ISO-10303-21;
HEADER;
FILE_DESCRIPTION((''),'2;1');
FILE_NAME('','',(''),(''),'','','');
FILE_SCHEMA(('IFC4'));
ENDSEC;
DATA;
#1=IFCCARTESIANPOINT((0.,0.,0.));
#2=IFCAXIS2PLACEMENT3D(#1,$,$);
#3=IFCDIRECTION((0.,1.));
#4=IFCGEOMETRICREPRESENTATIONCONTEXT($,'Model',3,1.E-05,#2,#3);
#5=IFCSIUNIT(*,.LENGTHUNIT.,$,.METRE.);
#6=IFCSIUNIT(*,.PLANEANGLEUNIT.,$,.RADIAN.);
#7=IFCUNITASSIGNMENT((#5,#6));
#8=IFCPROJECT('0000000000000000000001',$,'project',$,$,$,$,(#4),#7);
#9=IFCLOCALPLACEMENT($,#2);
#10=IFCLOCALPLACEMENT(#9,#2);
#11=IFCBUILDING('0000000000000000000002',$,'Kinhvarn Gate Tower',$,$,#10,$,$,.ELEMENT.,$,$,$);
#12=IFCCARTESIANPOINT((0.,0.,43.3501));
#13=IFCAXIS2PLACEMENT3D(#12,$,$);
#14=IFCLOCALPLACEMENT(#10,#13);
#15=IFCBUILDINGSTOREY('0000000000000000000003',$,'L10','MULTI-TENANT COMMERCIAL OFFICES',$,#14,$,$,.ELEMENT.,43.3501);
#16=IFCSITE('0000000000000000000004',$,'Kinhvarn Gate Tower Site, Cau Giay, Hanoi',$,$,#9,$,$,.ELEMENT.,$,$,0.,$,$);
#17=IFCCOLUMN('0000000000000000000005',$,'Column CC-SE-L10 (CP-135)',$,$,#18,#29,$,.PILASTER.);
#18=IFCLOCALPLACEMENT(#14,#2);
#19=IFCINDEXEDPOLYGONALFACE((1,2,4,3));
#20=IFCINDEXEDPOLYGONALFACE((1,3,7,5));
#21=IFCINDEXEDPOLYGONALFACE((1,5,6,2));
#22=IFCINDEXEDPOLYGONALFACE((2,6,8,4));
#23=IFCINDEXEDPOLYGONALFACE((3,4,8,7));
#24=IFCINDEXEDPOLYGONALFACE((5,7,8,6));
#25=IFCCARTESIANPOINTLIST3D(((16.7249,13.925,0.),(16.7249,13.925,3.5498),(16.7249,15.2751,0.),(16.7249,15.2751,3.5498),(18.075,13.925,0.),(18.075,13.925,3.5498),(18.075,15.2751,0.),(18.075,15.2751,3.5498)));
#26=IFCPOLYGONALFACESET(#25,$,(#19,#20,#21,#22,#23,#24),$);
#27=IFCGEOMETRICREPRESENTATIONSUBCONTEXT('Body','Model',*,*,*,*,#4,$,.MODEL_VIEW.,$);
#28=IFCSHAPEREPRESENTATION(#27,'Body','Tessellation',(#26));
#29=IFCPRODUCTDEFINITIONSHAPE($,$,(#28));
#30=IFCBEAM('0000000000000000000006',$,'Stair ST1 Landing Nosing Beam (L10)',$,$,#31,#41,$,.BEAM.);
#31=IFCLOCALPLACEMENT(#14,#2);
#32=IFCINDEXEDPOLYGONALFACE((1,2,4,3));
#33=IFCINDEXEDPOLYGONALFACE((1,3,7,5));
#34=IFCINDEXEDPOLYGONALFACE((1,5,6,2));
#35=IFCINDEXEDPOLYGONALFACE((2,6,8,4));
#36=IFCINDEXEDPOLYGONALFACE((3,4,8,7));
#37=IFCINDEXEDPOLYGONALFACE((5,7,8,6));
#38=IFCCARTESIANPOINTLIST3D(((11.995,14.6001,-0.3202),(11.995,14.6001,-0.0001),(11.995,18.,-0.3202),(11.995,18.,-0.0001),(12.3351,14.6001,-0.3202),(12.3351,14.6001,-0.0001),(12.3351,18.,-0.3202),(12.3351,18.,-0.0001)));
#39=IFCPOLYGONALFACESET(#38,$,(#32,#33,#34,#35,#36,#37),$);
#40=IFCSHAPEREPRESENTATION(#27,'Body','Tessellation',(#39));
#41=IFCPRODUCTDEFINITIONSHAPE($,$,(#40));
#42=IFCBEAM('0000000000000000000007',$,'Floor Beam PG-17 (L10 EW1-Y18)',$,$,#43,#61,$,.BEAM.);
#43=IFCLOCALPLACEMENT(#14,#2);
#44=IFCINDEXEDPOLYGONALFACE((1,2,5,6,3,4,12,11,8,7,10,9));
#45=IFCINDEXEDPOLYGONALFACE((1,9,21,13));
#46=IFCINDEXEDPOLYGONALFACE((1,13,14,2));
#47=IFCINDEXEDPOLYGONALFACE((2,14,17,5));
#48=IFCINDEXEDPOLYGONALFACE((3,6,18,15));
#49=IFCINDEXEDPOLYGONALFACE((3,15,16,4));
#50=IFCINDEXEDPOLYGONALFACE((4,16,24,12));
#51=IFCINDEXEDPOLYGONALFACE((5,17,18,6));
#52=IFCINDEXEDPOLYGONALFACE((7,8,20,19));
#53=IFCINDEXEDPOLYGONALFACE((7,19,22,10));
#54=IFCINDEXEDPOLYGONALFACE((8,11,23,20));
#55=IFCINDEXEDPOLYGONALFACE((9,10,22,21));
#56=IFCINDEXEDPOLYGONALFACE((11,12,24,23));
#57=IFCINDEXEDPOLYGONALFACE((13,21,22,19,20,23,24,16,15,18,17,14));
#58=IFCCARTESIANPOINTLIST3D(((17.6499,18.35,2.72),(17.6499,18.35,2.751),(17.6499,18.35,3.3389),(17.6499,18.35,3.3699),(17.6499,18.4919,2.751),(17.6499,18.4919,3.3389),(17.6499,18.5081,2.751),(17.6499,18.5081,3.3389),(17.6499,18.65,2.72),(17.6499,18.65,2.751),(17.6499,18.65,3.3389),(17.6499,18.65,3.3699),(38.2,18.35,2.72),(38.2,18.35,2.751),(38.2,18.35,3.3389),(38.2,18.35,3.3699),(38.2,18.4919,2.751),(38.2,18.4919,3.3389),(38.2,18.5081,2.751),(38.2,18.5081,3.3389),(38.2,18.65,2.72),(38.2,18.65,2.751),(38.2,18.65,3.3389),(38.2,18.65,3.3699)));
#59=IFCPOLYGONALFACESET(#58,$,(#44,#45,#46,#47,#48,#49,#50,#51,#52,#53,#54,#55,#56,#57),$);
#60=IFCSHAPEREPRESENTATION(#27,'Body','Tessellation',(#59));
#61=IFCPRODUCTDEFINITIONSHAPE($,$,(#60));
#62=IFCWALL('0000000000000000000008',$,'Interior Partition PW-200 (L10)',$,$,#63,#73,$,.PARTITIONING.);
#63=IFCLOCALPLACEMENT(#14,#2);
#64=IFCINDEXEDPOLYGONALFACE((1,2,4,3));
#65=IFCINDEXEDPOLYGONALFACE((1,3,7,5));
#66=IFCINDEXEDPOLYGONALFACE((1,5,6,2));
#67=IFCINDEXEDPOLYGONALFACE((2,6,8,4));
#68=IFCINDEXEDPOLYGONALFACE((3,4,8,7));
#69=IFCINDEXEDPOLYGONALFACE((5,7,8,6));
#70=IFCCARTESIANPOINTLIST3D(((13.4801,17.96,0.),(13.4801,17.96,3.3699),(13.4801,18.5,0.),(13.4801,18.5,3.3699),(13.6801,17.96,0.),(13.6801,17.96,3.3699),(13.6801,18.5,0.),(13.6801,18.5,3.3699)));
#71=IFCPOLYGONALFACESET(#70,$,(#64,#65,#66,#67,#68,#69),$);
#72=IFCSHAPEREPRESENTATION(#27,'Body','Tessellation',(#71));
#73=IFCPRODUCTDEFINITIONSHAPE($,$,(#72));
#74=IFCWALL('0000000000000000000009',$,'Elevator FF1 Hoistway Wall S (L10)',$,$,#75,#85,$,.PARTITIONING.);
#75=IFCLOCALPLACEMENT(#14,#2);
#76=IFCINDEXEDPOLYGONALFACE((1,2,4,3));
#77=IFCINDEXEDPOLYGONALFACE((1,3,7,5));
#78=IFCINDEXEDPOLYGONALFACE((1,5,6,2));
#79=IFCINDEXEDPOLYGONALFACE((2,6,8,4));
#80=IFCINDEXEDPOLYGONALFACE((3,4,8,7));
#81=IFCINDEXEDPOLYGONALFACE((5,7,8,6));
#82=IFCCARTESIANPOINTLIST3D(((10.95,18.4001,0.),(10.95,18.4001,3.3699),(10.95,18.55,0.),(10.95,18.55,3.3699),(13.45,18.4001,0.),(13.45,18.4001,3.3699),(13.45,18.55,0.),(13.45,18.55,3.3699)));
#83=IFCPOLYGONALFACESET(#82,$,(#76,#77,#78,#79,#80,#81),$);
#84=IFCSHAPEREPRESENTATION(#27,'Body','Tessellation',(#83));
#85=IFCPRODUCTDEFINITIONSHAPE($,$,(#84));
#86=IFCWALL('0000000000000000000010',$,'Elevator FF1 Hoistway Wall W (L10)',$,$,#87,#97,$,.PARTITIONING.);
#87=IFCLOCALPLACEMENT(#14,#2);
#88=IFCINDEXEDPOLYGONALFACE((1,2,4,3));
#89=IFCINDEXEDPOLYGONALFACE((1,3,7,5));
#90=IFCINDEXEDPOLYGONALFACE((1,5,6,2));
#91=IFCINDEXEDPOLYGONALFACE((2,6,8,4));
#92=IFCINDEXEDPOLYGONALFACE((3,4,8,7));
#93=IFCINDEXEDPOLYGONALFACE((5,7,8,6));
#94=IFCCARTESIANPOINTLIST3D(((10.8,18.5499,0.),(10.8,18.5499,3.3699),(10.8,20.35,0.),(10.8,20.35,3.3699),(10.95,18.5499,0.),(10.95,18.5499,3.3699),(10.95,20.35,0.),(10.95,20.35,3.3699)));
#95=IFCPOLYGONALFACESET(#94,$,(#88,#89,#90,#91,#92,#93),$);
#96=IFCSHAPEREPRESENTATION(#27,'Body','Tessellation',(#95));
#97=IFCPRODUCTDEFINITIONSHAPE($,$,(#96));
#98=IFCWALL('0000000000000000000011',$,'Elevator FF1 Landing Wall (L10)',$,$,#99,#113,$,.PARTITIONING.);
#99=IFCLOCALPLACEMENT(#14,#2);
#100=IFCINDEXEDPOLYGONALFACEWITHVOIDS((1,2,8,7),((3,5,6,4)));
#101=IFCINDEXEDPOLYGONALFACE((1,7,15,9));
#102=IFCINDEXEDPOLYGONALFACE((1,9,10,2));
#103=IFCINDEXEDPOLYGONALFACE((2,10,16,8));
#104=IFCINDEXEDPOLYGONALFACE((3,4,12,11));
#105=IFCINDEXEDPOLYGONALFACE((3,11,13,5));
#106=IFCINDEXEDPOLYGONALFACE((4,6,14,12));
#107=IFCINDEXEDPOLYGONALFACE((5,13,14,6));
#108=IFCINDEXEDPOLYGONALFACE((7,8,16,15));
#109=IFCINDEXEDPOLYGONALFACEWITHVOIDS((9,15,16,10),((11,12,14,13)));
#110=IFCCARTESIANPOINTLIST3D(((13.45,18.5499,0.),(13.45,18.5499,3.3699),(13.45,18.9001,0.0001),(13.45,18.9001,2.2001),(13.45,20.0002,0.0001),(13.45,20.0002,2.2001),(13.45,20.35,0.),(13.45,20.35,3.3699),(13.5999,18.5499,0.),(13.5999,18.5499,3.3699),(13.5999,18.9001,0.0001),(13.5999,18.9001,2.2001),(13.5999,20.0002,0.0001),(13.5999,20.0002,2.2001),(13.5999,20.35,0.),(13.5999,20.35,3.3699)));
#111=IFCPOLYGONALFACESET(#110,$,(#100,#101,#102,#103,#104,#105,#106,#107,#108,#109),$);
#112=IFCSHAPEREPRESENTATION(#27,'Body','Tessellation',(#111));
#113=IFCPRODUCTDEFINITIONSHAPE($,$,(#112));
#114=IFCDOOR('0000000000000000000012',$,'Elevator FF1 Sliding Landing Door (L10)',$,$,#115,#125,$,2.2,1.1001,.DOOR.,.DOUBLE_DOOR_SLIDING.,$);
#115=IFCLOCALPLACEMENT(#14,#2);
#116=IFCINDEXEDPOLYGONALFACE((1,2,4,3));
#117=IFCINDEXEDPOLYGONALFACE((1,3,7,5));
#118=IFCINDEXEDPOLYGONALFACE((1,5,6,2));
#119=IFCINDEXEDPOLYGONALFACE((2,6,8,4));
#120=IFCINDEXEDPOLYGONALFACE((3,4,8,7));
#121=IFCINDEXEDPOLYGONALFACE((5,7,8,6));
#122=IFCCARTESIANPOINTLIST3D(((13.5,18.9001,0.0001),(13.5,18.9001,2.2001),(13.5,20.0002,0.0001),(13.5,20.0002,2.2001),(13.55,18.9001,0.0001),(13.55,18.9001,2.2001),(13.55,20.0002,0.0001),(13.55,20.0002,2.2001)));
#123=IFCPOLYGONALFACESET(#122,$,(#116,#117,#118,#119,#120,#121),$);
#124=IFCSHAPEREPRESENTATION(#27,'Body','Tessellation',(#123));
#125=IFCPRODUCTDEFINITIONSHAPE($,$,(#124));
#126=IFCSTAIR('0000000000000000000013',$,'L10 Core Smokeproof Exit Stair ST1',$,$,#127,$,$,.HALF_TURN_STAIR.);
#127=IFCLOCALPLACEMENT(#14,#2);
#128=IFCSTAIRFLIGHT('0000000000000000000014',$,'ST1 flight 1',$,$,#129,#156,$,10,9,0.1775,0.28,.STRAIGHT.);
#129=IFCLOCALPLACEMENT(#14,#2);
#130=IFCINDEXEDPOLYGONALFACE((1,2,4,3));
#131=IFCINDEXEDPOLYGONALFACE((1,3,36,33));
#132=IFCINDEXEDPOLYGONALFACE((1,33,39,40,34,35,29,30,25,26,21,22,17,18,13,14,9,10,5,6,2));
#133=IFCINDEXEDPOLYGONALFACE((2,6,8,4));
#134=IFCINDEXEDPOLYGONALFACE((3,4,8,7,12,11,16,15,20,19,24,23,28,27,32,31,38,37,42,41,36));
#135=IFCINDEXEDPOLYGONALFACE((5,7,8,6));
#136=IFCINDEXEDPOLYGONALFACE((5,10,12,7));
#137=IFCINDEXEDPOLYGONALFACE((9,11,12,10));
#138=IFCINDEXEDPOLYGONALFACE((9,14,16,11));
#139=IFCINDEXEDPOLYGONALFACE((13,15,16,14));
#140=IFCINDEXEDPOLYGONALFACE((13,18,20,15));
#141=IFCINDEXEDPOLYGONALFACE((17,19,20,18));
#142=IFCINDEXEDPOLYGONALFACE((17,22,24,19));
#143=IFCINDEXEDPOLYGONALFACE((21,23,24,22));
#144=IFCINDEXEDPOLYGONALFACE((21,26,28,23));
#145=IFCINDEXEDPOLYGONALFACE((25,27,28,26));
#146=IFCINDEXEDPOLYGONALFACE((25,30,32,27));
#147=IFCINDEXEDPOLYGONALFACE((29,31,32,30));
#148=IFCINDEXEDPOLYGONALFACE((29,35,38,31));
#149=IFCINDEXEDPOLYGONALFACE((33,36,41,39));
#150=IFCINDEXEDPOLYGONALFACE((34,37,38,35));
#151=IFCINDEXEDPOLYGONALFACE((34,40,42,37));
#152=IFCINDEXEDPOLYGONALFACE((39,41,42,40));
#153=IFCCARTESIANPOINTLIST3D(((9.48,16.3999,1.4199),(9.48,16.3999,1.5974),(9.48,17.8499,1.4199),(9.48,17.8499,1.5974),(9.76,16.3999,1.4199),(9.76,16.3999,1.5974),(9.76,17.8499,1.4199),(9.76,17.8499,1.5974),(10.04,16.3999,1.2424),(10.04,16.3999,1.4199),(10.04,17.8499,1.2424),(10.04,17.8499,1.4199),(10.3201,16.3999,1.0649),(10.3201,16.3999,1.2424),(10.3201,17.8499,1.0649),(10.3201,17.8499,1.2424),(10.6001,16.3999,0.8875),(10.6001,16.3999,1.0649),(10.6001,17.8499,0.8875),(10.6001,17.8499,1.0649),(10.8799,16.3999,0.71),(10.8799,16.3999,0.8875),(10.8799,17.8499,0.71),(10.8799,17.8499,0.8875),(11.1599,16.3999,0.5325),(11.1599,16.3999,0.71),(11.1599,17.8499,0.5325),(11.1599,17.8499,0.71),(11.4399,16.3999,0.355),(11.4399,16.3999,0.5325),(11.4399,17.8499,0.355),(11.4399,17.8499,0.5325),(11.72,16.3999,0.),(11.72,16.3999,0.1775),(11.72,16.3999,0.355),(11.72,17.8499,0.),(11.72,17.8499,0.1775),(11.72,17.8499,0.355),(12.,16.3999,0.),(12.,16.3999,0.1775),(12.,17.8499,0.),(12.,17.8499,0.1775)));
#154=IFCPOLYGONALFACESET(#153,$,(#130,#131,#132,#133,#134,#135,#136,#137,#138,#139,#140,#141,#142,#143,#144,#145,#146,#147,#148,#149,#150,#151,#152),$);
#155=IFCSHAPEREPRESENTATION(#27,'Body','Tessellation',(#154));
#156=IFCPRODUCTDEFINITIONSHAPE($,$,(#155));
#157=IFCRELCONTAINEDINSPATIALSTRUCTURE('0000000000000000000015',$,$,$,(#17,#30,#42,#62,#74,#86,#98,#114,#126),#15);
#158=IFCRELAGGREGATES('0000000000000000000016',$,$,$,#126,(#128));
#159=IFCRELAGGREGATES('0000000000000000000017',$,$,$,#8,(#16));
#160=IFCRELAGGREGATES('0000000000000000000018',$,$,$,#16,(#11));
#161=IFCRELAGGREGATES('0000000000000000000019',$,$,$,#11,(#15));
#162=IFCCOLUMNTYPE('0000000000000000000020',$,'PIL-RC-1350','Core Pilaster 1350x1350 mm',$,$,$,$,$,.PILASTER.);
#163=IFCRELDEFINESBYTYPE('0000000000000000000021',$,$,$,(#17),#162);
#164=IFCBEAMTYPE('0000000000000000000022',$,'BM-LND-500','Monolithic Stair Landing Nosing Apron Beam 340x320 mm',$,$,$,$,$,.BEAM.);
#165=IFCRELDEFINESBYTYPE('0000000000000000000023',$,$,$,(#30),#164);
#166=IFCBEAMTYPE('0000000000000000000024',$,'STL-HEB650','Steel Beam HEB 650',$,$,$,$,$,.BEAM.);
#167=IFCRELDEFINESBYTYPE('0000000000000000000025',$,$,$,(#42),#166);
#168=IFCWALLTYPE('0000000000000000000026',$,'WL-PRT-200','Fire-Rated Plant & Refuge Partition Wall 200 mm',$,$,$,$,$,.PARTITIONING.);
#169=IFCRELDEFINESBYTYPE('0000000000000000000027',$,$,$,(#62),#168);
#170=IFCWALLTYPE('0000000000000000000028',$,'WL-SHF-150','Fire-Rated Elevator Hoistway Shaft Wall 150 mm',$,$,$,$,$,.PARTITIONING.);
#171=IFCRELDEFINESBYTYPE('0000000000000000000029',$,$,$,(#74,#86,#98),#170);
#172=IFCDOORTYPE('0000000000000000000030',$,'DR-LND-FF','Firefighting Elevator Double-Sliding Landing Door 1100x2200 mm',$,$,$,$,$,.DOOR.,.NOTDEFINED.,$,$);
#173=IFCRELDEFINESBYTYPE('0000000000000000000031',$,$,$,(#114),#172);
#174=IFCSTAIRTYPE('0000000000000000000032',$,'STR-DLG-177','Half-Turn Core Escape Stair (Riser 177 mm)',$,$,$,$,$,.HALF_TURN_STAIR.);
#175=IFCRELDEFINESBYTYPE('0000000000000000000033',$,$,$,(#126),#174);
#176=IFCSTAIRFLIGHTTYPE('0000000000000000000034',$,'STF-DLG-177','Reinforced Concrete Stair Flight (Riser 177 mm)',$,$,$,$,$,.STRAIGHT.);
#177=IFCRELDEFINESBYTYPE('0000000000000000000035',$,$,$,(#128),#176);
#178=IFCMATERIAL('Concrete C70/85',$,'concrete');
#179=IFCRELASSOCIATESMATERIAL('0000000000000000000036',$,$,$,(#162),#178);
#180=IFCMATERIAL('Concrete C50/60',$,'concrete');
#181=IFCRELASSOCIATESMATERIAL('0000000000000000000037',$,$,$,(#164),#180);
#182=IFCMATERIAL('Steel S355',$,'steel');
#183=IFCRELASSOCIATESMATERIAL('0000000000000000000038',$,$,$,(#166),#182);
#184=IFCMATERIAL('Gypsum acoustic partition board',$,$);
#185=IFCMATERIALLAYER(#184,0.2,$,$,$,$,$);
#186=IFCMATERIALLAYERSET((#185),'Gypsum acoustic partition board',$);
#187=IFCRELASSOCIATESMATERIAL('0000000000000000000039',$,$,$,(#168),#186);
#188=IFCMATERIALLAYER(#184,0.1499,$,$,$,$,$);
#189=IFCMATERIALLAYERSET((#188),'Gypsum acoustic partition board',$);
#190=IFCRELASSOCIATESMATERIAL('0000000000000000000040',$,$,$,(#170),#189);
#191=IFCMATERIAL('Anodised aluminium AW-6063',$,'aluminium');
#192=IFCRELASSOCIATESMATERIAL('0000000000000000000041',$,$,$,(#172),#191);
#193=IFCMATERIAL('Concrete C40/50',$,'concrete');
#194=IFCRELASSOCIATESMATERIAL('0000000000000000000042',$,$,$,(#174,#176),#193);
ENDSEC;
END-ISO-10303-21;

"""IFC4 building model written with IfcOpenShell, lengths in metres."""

from ifc_helpers import new_model, si_unit, direction, frame, frame_2d, origin, origin_2d, place, context, subcontext, project, spatial, polyline, rectangle, i_section, outline, extrude, material, layer, layer_set, material_profile, profile_set, type_object, element, fill, aggregate, save


model = new_model("IFC4")

# Units and contexts
model_context = context("Model", 3, precision=1e-05, world=origin(), true_north=direction((0.0, 1.0)))
body_context = subcontext(model_context, "Body", "Model", "MODEL_VIEW")
ifc_project = project(units=[si_unit("LENGTHUNIT", "METRE"), si_unit("PLANEANGLEUNIT", "RADIAN")], contexts=[model_context])

# Site, building, storey
site_placement = place(None, origin())
site = spatial("IfcSite", under=ifc_project, at=site_placement, Name="Kinhvarn Gate Tower Site, Cau Giay, Hanoi", CompositionType="ELEMENT", RefElevation=0.0)
building_placement = place(site_placement, origin())
building = spatial("IfcBuilding", under=site, at=building_placement, Name="Kinhvarn Gate Tower", CompositionType="ELEMENT")
storey_placement = place(building_placement, frame((0.0, 0.0, 43.3501)))
storey = spatial("IfcBuildingStorey", under=building, at=storey_placement, Name="L10", Description="MULTI-TENANT COMMERCIAL OFFICES", CompositionType="ELEMENT", Elevation=43.3501)

# Column
ifc_material_1 = material(Name="Concrete C70/85", Category="concrete")
ifc_material_profile_1 = material_profile(ifc_material_1, rectangle(XDim=1.3501, YDim=1.3501, at=origin_2d()), Name="RC 1350x1350")
ifc_profile_set_1 = profile_set([ifc_material_profile_1], Name="Concrete C70/85")
column_type = type_object("IfcColumnType", Name="PIL-RC-1350", Description="Core Pilaster 1350x1350 mm", PredefinedType="PILASTER", material=ifc_profile_set_1)
column_placement = place(storey_placement, frame((17.3999, 14.6001, 0.0), z_axis=(0.0, 0.0, 1.0), x_axis=(1.0, 0.0, 0.0)))
element("IfcColumn", 1, at=column_placement, inside=storey, type_object=column_type, Name="Column CC-SE-L10 (CP-135)", PredefinedType="PILASTER", context=body_context, shape_type="SweptSolid", body=[
    extrude(rectangle(XDim=1.3501, YDim=1.3501, at=origin_2d()), origin(), (0.0, 0.0, 1.0), 3.5498),
])

# Beams
ifc_material_2 = material(Name="Concrete C50/60", Category="concrete")
ifc_material_profile_2 = material_profile(ifc_material_2, rectangle(XDim=0.3401, YDim=0.3201, at=origin_2d()), Name="RC 340x320")
ifc_profile_set_2 = profile_set([ifc_material_profile_2], Name="Concrete C50/60")
beam_type_1 = type_object("IfcBeamType", Name="BM-LND-500", Description="Monolithic Stair Landing Nosing Apron Beam 340x320 mm", PredefinedType="BEAM", material=ifc_profile_set_2)
beam_1_placement = place(storey_placement, frame((12.165, 14.6001, -0.1602), z_axis=(0.0, 1.0, 0.0), x_axis=(-1.0, 0.0, 0.0)))
element("IfcBeam", 2, at=beam_1_placement, inside=storey, type_object=beam_type_1, Name="Stair ST1 Landing Nosing Beam (L10)", PredefinedType="BEAM", context=body_context, shape_type="SweptSolid", body=[
    extrude(rectangle(XDim=0.3401, YDim=0.3201, at=origin_2d()), origin(), (0.0, 0.0, 1.0), 3.3999),
])
ifc_material_3 = material(Name="Steel S355", Category="steel")
ifc_material_profile_3 = material_profile(ifc_material_3, i_section(OverallWidth=0.3, OverallDepth=0.6499, WebThickness=0.0161, FlangeThickness=0.031, at=origin_2d()), Name="HEB 650")
ifc_profile_set_3 = profile_set([ifc_material_profile_3], Name="Steel S355")
beam_type_2 = type_object("IfcBeamType", Name="STL-HEB650", Description="Steel Beam HEB 650", PredefinedType="BEAM", material=ifc_profile_set_3)
beam_2_placement = place(storey_placement, frame((17.6499, 18.5, 3.0449), z_axis=(1.0, 0.0, 0.0), x_axis=(0.0, 1.0, 0.0)))
element("IfcBeam", 3, at=beam_2_placement, inside=storey, type_object=beam_type_2, Name="Floor Beam PG-17 (L10 EW1-Y18)", PredefinedType="BEAM", context=body_context, shape_type="SweptSolid", body=[
    extrude(i_section(OverallWidth=0.3, OverallDepth=0.6499, WebThickness=0.0161, FlangeThickness=0.031, at=origin_2d()), origin(), (0.0, 0.0, 1.0), 20.55),
])

# Shared definitions
ifc_material_4 = material(Name="Anodised aluminium AW-6063", Category="aluminium")

# Walls
ifc_material_5 = material(Name="Gypsum acoustic partition board")
ifc_layer_1 = layer(ifc_material_5, 0.2)
ifc_layer_set_1 = layer_set([ifc_layer_1], Name="Gypsum acoustic partition board")
wall_type_1 = type_object("IfcWallType", Name="WL-PRT-200", Description="Fire-Rated Plant & Refuge Partition Wall 200 mm", PredefinedType="PARTITIONING", material=ifc_layer_set_1)
wall_1_placement = place(storey_placement, frame((13.5801, 17.96, 0.0), z_axis=(0.0, 0.0, 1.0), x_axis=(0.0, 1.0, 0.0)))
element("IfcWall", 4, at=wall_1_placement, inside=storey, type_object=wall_type_1, Name="Interior Partition PW-200 (L10)", PredefinedType="PARTITIONING", context=body_context, shape_type="SweptSolid", body=[
    extrude(rectangle(XDim=0.54, YDim=0.2, at=frame_2d((0.27, 0.0))), origin(), (0.0, 0.0, 1.0), 3.3699),
])
ifc_layer_2 = layer(ifc_material_5, 0.1499)
ifc_layer_set_2 = layer_set([ifc_layer_2], Name="Gypsum acoustic partition board")
wall_type_2 = type_object("IfcWallType", Name="WL-SHF-150", Description="Fire-Rated Elevator Hoistway Shaft Wall 150 mm", PredefinedType="PARTITIONING", material=ifc_layer_set_2)
wall_2_placement = place(storey_placement, frame((10.95, 18.4751, 0.0), z_axis=(0.0, 0.0, 1.0), x_axis=(1.0, 0.0, 0.0)))
element("IfcWall", 5, at=wall_2_placement, inside=storey, type_object=wall_type_2, Name="Elevator FF1 Hoistway Wall S (L10)", PredefinedType="PARTITIONING", context=body_context, shape_type="SweptSolid", body=[
    extrude(rectangle(XDim=2.5, YDim=0.1499, at=frame_2d((1.25, 0.0))), origin(), (0.0, 0.0, 1.0), 3.3699),
])
wall_3_placement = place(storey_placement, frame((10.875, 18.55, 0.0), z_axis=(0.0, 0.0, 1.0), x_axis=(0.0, 1.0, 0.0)))
element("IfcWall", 6, at=wall_3_placement, inside=storey, type_object=wall_type_2, Name="Elevator FF1 Hoistway Wall W (L10)", PredefinedType="PARTITIONING", context=body_context, shape_type="SweptSolid", body=[
    extrude(rectangle(XDim=1.8, YDim=0.1499, at=frame_2d((0.8999, 0.0))), origin(), (0.0, 0.0, 1.0), 3.3699),
])

# Wall, opening, door
wall_4_placement = place(storey_placement, frame((13.5249, 18.55, 0.0), z_axis=(0.0, 0.0, 1.0), x_axis=(0.0, 1.0, 0.0)))
wall_4 = element("IfcWall", 7, at=wall_4_placement, inside=storey, type_object=wall_type_2, Name="Elevator FF1 Landing Wall (L10)", PredefinedType="PARTITIONING", context=body_context, shape_type="SweptSolid", body=[
    extrude(rectangle(XDim=1.8, YDim=0.1499, at=frame_2d((0.8999, 0.0))), origin(), (0.0, 0.0, 1.0), 3.3699),
])
opening_1_placement = place(wall_4_placement, frame((0.3501, 0.0, 0.0)))
opening_1 = element("IfcOpeningElement", 8, at=opening_1_placement, cuts=wall_4, PredefinedType="OPENING", context=body_context, shape_type="SweptSolid", body=[
    extrude(rectangle(XDim=1.1001, YDim=2.2, at=frame_2d((0.55, 1.1001))), frame((0.0, 0.085, 0.0), z_axis=(0.0, -1.0, 0.0), x_axis=(1.0, 0.0, 0.0)), (0.0, 0.0, 1.0), 0.1699),
])
door_type_1 = type_object("IfcDoorType", Name="DR-LND-FF", Description="Firefighting Elevator Double-Sliding Landing Door 1100x2200 mm", OperationType="NOTDEFINED", PredefinedType="DOOR", material=ifc_material_4)
door_1_placement = place(opening_1_placement, origin())
door_1 = element("IfcDoor", 9, at=door_1_placement, inside=storey, type_object=door_type_1, Name="Elevator FF1 Sliding Landing Door (L10)", OperationType="DOUBLE_DOOR_SLIDING", OverallHeight=2.2, OverallWidth=1.1001, PredefinedType="DOOR", context=body_context, shape_type="SweptSolid", body=[
    extrude(rectangle(XDim=1.1001, YDim=2.2, at=frame_2d((0.55, 1.1001))), frame((0.0, 0.0249, 0.0), z_axis=(0.0, -1.0, 0.0), x_axis=(1.0, 0.0, 0.0)), (0.0, 0.0, 1.0), 0.05),
])
fill(opening_1, door_1)
ifc_material_6 = material(Name="Concrete C40/50", Category="concrete")

# Stair, stair flight
stair_type = type_object("IfcStairType", Name="STR-DLG-177", Description="Half-Turn Core Escape Stair (Riser 177 mm)", PredefinedType="HALF_TURN_STAIR", material=ifc_material_6)
stair_placement = place(storey_placement, origin())
stair = element("IfcStair", 10, at=stair_placement, inside=storey, type_object=stair_type, Name="L10 Core Smokeproof Exit Stair ST1", PredefinedType="HALF_TURN_STAIR")
stair_flight_type = type_object("IfcStairFlightType", Name="STF-DLG-177", Description="Reinforced Concrete Stair Flight (Riser 177 mm)", PredefinedType="STRAIGHT", material=ifc_material_6)
stair_flight_1_placement = place(storey_placement, frame((12.0, 17.125, 0.0), z_axis=(0.0, 0.0, 1.0), x_axis=(-1.0, 0.0, 0.0)))
stair_flight_1 = element("IfcStairFlight", 11, at=stair_flight_1_placement, type_object=stair_flight_type, Name="ST1 flight 1", NumberOfRisers=10, NumberOfTreads=9, PredefinedType="STRAIGHT", RiserHeight=0.1775, TreadLength=0.28, context=body_context, shape_type="SweptSolid", body=[
    extrude(outline(polyline([(0.0, 0.0), (0.0, 0.1775), (0.28, 0.1775), (0.28, 0.355), (0.5601, 0.355), (0.5601, 0.5325), (0.8401, 0.5325), (0.8401, 0.71), (1.1201, 0.71), (1.1201, 0.8875), (1.3999, 0.8875), (1.3999, 1.0649), (1.6799, 1.0649), (1.6799, 1.2424), (1.96, 1.2424), (1.96, 1.4199), (2.24, 1.4199), (2.24, 1.5974), (2.52, 1.5974), (2.52, 1.7749), (2.52, 1.4199), (0.28, 0.0), (0.0, 0.0)])), frame((0.0, 0.7251, 0.0), z_axis=(0.0, -1.0, 0.0), x_axis=(1.0, 0.0, 0.0)), (0.0, 0.0, 1.0), 1.45),
])
aggregate(stair, [stair_flight_1])

save(model, "model.ifc")
